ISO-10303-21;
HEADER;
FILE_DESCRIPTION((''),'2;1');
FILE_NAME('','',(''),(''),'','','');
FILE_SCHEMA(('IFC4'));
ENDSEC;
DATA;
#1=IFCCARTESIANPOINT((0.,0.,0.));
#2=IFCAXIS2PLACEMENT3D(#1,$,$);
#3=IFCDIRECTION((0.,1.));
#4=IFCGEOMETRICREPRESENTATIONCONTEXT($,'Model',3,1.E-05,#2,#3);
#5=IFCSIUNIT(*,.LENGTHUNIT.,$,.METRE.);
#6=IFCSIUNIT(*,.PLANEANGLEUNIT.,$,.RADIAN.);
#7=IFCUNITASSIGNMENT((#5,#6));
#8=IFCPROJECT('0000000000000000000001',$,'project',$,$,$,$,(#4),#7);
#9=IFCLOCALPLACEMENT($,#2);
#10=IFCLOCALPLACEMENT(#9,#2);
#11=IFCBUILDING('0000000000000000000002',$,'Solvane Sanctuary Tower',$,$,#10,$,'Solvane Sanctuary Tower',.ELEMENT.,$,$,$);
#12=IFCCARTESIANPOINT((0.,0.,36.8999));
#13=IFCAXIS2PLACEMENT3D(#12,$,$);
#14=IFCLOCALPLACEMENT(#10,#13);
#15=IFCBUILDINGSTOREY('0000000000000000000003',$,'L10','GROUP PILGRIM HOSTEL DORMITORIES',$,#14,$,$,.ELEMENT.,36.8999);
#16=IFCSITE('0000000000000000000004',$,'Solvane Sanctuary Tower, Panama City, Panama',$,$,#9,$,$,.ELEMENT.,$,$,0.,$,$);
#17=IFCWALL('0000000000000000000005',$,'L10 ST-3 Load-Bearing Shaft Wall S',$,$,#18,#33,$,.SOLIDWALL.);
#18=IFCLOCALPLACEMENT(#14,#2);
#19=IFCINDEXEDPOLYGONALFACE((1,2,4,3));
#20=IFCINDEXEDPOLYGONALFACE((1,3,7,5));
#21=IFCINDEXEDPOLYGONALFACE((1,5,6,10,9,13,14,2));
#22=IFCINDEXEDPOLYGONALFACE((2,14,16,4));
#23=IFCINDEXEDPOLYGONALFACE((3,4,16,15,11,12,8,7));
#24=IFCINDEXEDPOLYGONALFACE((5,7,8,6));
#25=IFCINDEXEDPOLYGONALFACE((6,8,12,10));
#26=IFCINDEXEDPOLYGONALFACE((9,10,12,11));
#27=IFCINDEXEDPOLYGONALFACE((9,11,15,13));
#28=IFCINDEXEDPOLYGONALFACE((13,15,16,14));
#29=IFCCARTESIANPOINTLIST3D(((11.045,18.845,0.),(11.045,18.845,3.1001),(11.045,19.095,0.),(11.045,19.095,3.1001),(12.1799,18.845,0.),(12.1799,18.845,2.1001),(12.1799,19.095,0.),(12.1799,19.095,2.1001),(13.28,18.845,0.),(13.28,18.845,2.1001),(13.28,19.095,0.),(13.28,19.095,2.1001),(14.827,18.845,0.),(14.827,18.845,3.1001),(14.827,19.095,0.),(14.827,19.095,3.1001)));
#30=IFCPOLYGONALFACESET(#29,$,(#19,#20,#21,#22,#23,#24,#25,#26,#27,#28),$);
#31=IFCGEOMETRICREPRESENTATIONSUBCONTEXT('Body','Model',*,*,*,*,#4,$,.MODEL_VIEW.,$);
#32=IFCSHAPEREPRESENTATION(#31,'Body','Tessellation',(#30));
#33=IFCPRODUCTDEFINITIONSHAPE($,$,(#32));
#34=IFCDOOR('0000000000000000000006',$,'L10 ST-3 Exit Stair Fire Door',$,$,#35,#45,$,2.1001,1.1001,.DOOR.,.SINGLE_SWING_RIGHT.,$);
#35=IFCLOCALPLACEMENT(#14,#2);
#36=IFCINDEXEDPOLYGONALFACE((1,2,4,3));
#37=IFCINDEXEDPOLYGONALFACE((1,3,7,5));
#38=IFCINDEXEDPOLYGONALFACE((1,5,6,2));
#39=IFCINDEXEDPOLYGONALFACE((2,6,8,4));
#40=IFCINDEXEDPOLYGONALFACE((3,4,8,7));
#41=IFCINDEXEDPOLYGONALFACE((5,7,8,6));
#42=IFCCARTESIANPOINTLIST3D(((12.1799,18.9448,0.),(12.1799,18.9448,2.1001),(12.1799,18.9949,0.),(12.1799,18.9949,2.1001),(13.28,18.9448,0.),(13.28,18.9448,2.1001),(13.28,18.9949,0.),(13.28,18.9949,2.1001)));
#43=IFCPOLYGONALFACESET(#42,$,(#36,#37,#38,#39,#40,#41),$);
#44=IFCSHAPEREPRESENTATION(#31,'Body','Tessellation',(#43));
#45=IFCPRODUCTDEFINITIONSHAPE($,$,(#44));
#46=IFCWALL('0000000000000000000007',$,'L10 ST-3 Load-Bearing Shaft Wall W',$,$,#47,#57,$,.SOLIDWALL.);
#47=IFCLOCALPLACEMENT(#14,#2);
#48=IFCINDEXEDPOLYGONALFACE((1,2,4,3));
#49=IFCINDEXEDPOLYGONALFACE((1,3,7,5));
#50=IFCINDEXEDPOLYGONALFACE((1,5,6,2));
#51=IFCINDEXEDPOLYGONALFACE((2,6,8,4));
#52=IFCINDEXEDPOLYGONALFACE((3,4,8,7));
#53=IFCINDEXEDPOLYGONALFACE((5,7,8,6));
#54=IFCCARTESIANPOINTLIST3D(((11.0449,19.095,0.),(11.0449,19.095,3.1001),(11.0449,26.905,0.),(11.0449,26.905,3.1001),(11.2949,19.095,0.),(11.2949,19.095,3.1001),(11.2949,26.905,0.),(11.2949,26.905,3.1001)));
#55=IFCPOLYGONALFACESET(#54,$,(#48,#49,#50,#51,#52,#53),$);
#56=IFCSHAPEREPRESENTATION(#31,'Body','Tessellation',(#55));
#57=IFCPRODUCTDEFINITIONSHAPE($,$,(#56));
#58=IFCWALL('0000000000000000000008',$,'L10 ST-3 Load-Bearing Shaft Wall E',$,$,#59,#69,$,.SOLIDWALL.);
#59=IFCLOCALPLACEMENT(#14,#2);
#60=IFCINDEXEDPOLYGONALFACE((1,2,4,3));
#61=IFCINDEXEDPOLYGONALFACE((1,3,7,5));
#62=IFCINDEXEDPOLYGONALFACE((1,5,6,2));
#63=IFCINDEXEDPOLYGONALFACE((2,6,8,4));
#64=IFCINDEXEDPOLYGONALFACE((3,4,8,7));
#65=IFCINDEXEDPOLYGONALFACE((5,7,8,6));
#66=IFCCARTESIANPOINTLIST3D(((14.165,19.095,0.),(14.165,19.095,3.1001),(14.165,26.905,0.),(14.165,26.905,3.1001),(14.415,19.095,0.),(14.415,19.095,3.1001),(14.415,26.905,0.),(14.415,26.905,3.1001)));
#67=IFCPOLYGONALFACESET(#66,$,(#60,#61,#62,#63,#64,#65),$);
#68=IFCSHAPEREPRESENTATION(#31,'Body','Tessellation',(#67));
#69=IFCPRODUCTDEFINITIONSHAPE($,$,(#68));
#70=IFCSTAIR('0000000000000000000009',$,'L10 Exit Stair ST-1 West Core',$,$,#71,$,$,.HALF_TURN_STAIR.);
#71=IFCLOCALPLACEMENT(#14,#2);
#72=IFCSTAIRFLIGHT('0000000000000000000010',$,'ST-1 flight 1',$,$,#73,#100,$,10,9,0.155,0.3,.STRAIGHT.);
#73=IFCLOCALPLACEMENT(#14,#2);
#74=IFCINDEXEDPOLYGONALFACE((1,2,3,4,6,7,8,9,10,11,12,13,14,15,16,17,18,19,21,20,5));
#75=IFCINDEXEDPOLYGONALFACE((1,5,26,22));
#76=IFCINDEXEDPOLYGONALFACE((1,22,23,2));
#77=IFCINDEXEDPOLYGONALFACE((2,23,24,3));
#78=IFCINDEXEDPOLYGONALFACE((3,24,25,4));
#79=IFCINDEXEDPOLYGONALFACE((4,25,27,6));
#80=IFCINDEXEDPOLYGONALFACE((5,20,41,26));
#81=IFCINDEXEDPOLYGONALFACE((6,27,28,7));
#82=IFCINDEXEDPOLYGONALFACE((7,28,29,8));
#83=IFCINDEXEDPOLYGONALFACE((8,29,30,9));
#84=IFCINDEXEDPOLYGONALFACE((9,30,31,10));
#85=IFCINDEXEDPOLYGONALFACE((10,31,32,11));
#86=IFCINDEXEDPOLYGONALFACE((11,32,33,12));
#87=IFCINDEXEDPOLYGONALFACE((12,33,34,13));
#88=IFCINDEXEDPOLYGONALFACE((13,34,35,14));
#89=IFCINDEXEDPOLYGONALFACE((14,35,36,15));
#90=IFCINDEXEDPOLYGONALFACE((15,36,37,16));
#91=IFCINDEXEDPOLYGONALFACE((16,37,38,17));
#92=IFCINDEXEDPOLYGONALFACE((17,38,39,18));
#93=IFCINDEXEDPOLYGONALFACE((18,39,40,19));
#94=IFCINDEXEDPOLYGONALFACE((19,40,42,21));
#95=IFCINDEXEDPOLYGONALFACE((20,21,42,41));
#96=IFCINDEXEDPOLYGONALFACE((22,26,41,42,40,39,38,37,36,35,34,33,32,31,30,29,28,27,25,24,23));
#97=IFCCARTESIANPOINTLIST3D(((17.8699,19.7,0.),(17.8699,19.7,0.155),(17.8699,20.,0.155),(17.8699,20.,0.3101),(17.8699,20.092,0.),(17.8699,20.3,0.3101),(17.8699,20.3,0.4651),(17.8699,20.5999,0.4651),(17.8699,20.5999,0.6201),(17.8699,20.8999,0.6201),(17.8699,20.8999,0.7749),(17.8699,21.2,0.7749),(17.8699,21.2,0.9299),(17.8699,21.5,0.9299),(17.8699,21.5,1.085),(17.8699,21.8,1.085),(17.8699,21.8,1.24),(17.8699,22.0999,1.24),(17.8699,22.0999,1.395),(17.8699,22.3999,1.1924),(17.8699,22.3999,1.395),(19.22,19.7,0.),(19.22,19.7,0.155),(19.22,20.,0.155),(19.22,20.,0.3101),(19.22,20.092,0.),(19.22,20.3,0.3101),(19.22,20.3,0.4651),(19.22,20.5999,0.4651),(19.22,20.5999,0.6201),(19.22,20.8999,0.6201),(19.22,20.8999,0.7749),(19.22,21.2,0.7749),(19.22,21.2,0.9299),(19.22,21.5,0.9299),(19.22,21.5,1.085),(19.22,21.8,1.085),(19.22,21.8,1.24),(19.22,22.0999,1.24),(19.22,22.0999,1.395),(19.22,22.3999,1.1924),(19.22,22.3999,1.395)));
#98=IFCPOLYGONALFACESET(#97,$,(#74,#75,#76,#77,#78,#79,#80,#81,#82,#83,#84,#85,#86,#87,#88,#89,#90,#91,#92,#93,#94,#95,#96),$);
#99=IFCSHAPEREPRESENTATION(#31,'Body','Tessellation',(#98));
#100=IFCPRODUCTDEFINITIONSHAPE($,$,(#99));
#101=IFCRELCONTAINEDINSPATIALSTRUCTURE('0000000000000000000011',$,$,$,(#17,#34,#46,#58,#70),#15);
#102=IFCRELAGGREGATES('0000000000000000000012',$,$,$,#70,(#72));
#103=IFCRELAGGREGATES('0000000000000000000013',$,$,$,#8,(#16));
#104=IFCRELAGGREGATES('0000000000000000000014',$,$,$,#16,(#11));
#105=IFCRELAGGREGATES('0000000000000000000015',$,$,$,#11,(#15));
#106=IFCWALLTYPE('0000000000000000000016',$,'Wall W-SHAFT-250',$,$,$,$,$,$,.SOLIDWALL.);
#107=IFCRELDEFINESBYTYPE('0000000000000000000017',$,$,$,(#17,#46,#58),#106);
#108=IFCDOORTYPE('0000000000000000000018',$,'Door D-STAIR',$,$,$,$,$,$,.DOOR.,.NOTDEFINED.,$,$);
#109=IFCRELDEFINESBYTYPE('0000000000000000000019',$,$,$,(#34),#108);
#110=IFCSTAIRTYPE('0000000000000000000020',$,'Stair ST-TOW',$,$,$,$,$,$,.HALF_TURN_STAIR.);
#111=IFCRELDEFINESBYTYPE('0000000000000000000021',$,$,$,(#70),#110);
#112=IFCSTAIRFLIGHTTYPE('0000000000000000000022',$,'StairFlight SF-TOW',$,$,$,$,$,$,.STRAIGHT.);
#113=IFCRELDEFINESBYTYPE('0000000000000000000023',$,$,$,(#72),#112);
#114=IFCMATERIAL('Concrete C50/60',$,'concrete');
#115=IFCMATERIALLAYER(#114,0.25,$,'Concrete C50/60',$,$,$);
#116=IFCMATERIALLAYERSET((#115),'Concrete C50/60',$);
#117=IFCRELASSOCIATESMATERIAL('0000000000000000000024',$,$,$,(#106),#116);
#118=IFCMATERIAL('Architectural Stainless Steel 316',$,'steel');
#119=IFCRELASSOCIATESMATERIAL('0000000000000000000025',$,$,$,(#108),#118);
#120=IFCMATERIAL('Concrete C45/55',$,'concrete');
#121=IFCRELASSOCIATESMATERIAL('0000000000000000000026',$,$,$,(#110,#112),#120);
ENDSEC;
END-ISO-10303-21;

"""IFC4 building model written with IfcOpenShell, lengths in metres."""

from ifc_helpers import new_model, si_unit, direction, frame, frame_2d, origin, place, context, subcontext, project, spatial, polyline, rectangle, outline, extrude, material, layer, layer_set, type_object, element, fill, aggregate, save


model = new_model("IFC4")

# Units and contexts
model_context = context("Model", 3, precision=1e-05, world=origin(), true_north=direction((0.0, 1.0)))
body_context = subcontext(model_context, "Body", "Model", "MODEL_VIEW")
ifc_project = project(units=[si_unit("LENGTHUNIT", "METRE"), si_unit("PLANEANGLEUNIT", "RADIAN")], contexts=[model_context])

# Site, building, storey
site_placement = place(None, origin())
site = spatial("IfcSite", under=ifc_project, at=site_placement, Name="Solvane Sanctuary Tower, Panama City, Panama", CompositionType="ELEMENT", RefElevation=0.0)
building_placement = place(site_placement, origin())
building = spatial("IfcBuilding", under=site, at=building_placement, Name="Solvane Sanctuary Tower", LongName="Solvane Sanctuary Tower", CompositionType="ELEMENT")
storey_placement = place(building_placement, frame((0.0, 0.0, 36.8999)))
storey = spatial("IfcBuildingStorey", under=building, at=storey_placement, Name="L10", Description="GROUP PILGRIM HOSTEL DORMITORIES", CompositionType="ELEMENT", Elevation=36.8999)

# Shared definitions
ifc_material_1 = material(Name="Concrete C50/60", Category="concrete")

# Shared definitions
ifc_layer_1 = layer(ifc_material_1, 0.25, Name="Concrete C50/60")
ifc_layer_set_1 = layer_set([ifc_layer_1], Name="Concrete C50/60")
wall_type_1 = type_object("IfcWallType", Name="Wall W-SHAFT-250", PredefinedType="SOLIDWALL", material=ifc_layer_set_1)
ifc_material_2 = material(Name="Architectural Stainless Steel 316", Category="steel")
door_type_1 = type_object("IfcDoorType", Name="Door D-STAIR", OperationType="NOTDEFINED", PredefinedType="DOOR", material=ifc_material_2)

# Wall, opening, door
wall_1_placement = place(storey_placement, frame((11.0449, 18.97, 0.0), z_axis=(0.0, 0.0, 1.0), x_axis=(1.0, 0.0, 0.0)))
wall_1 = element("IfcWall", 1, at=wall_1_placement, inside=storey, type_object=wall_type_1, Name="L10 ST-3 Load-Bearing Shaft Wall S", PredefinedType="SOLIDWALL", context=body_context, shape_type="SweptSolid", body=[
    extrude(rectangle(XDim=3.782, YDim=0.25, at=frame_2d((1.8911, 0.0))), origin(), (0.0, 0.0, 1.0), 3.1001),
])
opening_1_placement = place(wall_1_placement, frame((1.135, 0.0, 0.0)))
opening_1 = element("IfcOpeningElement", 2, at=opening_1_placement, cuts=wall_1, PredefinedType="OPENING", context=body_context, shape_type="SweptSolid", body=[
    extrude(rectangle(XDim=1.1001, YDim=2.1001, at=frame_2d((0.55, 1.05))), frame((0.0, 0.135, 0.0), z_axis=(0.0, -1.0, 0.0), x_axis=(1.0, 0.0, 0.0)), (0.0, 0.0, 1.0), 0.27),
])
door_1_placement = place(opening_1_placement, origin())
door_1 = element("IfcDoor", 3, at=door_1_placement, inside=storey, type_object=door_type_1, Name="L10 ST-3 Exit Stair Fire Door", OperationType="SINGLE_SWING_RIGHT", OverallHeight=2.1001, OverallWidth=1.1001, PredefinedType="DOOR", context=body_context, shape_type="SweptSolid", body=[
    extrude(rectangle(XDim=1.1001, YDim=2.1001, at=frame_2d((0.55, 1.05))), frame((0.0, 0.0249, 0.0), z_axis=(0.0, -1.0, 0.0), x_axis=(1.0, 0.0, 0.0)), (0.0, 0.0, 1.0), 0.05),
])
fill(opening_1, door_1)

# Walls
for number, where, z_axis, x_axis, name in (
    (4, (11.1699, 19.095, 0.0), (0.0, 0.0, 1.0), (0.0, 1.0, 0.0), "L10 ST-3 Load-Bearing Shaft Wall W"),
    (5, (14.29, 19.095, 0.0), (0.0, 0.0, 1.0), (0.0, 1.0, 0.0), "L10 ST-3 Load-Bearing Shaft Wall E"),
):
    element("IfcWall", number, at=place(storey_placement, frame(where, z_axis=z_axis, x_axis=x_axis)), inside=storey, type_object=wall_type_1, Name=name, PredefinedType="SOLIDWALL", context=body_context, shape_type="SweptSolid", body=[
        extrude(rectangle(XDim=7.8101, YDim=0.25, at=frame_2d((3.905, 0.0))), origin(), (0.0, 0.0, 1.0), 3.1001),
    ])

# Stair, stair flight
ifc_material_3 = material(Name="Concrete C45/55", Category="concrete")
stair_type = type_object("IfcStairType", Name="Stair ST-TOW", PredefinedType="HALF_TURN_STAIR", material=ifc_material_3)
stair_placement = place(storey_placement, origin())
stair = element("IfcStair", 6, at=stair_placement, inside=storey, type_object=stair_type, Name="L10 Exit Stair ST-1 West Core", PredefinedType="HALF_TURN_STAIR")
stair_flight_type = type_object("IfcStairFlightType", Name="StairFlight SF-TOW", PredefinedType="STRAIGHT", material=ifc_material_3)
stair_flight_placement = place(storey_placement, frame((18.5449, 19.7, 0.0), z_axis=(0.0, 0.0, 1.0), x_axis=(0.0, 1.0, 0.0)))
stair_flight = element("IfcStairFlight", 7, at=stair_flight_placement, type_object=stair_flight_type, Name="ST-1 flight 1", NumberOfRisers=10, NumberOfTreads=9, PredefinedType="STRAIGHT", RiserHeight=0.155, TreadLength=0.3, context=body_context, shape_type="SweptSolid", body=[
    extrude(outline(polyline([(0.0, 0.0), (0.0, 0.155), (0.3, 0.155), (0.3, 0.3101), (0.6001, 0.3101), (0.6001, 0.4651), (0.8999, 0.4651), (0.8999, 0.6201), (1.2, 0.6201), (1.2, 0.7749), (1.5, 0.7749), (1.5, 0.9299), (1.8, 0.9299), (1.8, 1.085), (2.1001, 1.085), (2.1001, 1.24), (2.3999, 1.24), (2.3999, 1.395), (2.7, 1.395), (2.7, 1.55), (2.7, 1.1924), (0.3921, 0.0), (0.0, 0.0)])), frame((0.0, 0.675, 0.0), z_axis=(0.0, -1.0, 0.0), x_axis=(1.0, 0.0, 0.0)), (0.0, 0.0, 1.0), 1.3501),
])
aggregate(stair, [stair_flight])

save(model, "model.ifc")
